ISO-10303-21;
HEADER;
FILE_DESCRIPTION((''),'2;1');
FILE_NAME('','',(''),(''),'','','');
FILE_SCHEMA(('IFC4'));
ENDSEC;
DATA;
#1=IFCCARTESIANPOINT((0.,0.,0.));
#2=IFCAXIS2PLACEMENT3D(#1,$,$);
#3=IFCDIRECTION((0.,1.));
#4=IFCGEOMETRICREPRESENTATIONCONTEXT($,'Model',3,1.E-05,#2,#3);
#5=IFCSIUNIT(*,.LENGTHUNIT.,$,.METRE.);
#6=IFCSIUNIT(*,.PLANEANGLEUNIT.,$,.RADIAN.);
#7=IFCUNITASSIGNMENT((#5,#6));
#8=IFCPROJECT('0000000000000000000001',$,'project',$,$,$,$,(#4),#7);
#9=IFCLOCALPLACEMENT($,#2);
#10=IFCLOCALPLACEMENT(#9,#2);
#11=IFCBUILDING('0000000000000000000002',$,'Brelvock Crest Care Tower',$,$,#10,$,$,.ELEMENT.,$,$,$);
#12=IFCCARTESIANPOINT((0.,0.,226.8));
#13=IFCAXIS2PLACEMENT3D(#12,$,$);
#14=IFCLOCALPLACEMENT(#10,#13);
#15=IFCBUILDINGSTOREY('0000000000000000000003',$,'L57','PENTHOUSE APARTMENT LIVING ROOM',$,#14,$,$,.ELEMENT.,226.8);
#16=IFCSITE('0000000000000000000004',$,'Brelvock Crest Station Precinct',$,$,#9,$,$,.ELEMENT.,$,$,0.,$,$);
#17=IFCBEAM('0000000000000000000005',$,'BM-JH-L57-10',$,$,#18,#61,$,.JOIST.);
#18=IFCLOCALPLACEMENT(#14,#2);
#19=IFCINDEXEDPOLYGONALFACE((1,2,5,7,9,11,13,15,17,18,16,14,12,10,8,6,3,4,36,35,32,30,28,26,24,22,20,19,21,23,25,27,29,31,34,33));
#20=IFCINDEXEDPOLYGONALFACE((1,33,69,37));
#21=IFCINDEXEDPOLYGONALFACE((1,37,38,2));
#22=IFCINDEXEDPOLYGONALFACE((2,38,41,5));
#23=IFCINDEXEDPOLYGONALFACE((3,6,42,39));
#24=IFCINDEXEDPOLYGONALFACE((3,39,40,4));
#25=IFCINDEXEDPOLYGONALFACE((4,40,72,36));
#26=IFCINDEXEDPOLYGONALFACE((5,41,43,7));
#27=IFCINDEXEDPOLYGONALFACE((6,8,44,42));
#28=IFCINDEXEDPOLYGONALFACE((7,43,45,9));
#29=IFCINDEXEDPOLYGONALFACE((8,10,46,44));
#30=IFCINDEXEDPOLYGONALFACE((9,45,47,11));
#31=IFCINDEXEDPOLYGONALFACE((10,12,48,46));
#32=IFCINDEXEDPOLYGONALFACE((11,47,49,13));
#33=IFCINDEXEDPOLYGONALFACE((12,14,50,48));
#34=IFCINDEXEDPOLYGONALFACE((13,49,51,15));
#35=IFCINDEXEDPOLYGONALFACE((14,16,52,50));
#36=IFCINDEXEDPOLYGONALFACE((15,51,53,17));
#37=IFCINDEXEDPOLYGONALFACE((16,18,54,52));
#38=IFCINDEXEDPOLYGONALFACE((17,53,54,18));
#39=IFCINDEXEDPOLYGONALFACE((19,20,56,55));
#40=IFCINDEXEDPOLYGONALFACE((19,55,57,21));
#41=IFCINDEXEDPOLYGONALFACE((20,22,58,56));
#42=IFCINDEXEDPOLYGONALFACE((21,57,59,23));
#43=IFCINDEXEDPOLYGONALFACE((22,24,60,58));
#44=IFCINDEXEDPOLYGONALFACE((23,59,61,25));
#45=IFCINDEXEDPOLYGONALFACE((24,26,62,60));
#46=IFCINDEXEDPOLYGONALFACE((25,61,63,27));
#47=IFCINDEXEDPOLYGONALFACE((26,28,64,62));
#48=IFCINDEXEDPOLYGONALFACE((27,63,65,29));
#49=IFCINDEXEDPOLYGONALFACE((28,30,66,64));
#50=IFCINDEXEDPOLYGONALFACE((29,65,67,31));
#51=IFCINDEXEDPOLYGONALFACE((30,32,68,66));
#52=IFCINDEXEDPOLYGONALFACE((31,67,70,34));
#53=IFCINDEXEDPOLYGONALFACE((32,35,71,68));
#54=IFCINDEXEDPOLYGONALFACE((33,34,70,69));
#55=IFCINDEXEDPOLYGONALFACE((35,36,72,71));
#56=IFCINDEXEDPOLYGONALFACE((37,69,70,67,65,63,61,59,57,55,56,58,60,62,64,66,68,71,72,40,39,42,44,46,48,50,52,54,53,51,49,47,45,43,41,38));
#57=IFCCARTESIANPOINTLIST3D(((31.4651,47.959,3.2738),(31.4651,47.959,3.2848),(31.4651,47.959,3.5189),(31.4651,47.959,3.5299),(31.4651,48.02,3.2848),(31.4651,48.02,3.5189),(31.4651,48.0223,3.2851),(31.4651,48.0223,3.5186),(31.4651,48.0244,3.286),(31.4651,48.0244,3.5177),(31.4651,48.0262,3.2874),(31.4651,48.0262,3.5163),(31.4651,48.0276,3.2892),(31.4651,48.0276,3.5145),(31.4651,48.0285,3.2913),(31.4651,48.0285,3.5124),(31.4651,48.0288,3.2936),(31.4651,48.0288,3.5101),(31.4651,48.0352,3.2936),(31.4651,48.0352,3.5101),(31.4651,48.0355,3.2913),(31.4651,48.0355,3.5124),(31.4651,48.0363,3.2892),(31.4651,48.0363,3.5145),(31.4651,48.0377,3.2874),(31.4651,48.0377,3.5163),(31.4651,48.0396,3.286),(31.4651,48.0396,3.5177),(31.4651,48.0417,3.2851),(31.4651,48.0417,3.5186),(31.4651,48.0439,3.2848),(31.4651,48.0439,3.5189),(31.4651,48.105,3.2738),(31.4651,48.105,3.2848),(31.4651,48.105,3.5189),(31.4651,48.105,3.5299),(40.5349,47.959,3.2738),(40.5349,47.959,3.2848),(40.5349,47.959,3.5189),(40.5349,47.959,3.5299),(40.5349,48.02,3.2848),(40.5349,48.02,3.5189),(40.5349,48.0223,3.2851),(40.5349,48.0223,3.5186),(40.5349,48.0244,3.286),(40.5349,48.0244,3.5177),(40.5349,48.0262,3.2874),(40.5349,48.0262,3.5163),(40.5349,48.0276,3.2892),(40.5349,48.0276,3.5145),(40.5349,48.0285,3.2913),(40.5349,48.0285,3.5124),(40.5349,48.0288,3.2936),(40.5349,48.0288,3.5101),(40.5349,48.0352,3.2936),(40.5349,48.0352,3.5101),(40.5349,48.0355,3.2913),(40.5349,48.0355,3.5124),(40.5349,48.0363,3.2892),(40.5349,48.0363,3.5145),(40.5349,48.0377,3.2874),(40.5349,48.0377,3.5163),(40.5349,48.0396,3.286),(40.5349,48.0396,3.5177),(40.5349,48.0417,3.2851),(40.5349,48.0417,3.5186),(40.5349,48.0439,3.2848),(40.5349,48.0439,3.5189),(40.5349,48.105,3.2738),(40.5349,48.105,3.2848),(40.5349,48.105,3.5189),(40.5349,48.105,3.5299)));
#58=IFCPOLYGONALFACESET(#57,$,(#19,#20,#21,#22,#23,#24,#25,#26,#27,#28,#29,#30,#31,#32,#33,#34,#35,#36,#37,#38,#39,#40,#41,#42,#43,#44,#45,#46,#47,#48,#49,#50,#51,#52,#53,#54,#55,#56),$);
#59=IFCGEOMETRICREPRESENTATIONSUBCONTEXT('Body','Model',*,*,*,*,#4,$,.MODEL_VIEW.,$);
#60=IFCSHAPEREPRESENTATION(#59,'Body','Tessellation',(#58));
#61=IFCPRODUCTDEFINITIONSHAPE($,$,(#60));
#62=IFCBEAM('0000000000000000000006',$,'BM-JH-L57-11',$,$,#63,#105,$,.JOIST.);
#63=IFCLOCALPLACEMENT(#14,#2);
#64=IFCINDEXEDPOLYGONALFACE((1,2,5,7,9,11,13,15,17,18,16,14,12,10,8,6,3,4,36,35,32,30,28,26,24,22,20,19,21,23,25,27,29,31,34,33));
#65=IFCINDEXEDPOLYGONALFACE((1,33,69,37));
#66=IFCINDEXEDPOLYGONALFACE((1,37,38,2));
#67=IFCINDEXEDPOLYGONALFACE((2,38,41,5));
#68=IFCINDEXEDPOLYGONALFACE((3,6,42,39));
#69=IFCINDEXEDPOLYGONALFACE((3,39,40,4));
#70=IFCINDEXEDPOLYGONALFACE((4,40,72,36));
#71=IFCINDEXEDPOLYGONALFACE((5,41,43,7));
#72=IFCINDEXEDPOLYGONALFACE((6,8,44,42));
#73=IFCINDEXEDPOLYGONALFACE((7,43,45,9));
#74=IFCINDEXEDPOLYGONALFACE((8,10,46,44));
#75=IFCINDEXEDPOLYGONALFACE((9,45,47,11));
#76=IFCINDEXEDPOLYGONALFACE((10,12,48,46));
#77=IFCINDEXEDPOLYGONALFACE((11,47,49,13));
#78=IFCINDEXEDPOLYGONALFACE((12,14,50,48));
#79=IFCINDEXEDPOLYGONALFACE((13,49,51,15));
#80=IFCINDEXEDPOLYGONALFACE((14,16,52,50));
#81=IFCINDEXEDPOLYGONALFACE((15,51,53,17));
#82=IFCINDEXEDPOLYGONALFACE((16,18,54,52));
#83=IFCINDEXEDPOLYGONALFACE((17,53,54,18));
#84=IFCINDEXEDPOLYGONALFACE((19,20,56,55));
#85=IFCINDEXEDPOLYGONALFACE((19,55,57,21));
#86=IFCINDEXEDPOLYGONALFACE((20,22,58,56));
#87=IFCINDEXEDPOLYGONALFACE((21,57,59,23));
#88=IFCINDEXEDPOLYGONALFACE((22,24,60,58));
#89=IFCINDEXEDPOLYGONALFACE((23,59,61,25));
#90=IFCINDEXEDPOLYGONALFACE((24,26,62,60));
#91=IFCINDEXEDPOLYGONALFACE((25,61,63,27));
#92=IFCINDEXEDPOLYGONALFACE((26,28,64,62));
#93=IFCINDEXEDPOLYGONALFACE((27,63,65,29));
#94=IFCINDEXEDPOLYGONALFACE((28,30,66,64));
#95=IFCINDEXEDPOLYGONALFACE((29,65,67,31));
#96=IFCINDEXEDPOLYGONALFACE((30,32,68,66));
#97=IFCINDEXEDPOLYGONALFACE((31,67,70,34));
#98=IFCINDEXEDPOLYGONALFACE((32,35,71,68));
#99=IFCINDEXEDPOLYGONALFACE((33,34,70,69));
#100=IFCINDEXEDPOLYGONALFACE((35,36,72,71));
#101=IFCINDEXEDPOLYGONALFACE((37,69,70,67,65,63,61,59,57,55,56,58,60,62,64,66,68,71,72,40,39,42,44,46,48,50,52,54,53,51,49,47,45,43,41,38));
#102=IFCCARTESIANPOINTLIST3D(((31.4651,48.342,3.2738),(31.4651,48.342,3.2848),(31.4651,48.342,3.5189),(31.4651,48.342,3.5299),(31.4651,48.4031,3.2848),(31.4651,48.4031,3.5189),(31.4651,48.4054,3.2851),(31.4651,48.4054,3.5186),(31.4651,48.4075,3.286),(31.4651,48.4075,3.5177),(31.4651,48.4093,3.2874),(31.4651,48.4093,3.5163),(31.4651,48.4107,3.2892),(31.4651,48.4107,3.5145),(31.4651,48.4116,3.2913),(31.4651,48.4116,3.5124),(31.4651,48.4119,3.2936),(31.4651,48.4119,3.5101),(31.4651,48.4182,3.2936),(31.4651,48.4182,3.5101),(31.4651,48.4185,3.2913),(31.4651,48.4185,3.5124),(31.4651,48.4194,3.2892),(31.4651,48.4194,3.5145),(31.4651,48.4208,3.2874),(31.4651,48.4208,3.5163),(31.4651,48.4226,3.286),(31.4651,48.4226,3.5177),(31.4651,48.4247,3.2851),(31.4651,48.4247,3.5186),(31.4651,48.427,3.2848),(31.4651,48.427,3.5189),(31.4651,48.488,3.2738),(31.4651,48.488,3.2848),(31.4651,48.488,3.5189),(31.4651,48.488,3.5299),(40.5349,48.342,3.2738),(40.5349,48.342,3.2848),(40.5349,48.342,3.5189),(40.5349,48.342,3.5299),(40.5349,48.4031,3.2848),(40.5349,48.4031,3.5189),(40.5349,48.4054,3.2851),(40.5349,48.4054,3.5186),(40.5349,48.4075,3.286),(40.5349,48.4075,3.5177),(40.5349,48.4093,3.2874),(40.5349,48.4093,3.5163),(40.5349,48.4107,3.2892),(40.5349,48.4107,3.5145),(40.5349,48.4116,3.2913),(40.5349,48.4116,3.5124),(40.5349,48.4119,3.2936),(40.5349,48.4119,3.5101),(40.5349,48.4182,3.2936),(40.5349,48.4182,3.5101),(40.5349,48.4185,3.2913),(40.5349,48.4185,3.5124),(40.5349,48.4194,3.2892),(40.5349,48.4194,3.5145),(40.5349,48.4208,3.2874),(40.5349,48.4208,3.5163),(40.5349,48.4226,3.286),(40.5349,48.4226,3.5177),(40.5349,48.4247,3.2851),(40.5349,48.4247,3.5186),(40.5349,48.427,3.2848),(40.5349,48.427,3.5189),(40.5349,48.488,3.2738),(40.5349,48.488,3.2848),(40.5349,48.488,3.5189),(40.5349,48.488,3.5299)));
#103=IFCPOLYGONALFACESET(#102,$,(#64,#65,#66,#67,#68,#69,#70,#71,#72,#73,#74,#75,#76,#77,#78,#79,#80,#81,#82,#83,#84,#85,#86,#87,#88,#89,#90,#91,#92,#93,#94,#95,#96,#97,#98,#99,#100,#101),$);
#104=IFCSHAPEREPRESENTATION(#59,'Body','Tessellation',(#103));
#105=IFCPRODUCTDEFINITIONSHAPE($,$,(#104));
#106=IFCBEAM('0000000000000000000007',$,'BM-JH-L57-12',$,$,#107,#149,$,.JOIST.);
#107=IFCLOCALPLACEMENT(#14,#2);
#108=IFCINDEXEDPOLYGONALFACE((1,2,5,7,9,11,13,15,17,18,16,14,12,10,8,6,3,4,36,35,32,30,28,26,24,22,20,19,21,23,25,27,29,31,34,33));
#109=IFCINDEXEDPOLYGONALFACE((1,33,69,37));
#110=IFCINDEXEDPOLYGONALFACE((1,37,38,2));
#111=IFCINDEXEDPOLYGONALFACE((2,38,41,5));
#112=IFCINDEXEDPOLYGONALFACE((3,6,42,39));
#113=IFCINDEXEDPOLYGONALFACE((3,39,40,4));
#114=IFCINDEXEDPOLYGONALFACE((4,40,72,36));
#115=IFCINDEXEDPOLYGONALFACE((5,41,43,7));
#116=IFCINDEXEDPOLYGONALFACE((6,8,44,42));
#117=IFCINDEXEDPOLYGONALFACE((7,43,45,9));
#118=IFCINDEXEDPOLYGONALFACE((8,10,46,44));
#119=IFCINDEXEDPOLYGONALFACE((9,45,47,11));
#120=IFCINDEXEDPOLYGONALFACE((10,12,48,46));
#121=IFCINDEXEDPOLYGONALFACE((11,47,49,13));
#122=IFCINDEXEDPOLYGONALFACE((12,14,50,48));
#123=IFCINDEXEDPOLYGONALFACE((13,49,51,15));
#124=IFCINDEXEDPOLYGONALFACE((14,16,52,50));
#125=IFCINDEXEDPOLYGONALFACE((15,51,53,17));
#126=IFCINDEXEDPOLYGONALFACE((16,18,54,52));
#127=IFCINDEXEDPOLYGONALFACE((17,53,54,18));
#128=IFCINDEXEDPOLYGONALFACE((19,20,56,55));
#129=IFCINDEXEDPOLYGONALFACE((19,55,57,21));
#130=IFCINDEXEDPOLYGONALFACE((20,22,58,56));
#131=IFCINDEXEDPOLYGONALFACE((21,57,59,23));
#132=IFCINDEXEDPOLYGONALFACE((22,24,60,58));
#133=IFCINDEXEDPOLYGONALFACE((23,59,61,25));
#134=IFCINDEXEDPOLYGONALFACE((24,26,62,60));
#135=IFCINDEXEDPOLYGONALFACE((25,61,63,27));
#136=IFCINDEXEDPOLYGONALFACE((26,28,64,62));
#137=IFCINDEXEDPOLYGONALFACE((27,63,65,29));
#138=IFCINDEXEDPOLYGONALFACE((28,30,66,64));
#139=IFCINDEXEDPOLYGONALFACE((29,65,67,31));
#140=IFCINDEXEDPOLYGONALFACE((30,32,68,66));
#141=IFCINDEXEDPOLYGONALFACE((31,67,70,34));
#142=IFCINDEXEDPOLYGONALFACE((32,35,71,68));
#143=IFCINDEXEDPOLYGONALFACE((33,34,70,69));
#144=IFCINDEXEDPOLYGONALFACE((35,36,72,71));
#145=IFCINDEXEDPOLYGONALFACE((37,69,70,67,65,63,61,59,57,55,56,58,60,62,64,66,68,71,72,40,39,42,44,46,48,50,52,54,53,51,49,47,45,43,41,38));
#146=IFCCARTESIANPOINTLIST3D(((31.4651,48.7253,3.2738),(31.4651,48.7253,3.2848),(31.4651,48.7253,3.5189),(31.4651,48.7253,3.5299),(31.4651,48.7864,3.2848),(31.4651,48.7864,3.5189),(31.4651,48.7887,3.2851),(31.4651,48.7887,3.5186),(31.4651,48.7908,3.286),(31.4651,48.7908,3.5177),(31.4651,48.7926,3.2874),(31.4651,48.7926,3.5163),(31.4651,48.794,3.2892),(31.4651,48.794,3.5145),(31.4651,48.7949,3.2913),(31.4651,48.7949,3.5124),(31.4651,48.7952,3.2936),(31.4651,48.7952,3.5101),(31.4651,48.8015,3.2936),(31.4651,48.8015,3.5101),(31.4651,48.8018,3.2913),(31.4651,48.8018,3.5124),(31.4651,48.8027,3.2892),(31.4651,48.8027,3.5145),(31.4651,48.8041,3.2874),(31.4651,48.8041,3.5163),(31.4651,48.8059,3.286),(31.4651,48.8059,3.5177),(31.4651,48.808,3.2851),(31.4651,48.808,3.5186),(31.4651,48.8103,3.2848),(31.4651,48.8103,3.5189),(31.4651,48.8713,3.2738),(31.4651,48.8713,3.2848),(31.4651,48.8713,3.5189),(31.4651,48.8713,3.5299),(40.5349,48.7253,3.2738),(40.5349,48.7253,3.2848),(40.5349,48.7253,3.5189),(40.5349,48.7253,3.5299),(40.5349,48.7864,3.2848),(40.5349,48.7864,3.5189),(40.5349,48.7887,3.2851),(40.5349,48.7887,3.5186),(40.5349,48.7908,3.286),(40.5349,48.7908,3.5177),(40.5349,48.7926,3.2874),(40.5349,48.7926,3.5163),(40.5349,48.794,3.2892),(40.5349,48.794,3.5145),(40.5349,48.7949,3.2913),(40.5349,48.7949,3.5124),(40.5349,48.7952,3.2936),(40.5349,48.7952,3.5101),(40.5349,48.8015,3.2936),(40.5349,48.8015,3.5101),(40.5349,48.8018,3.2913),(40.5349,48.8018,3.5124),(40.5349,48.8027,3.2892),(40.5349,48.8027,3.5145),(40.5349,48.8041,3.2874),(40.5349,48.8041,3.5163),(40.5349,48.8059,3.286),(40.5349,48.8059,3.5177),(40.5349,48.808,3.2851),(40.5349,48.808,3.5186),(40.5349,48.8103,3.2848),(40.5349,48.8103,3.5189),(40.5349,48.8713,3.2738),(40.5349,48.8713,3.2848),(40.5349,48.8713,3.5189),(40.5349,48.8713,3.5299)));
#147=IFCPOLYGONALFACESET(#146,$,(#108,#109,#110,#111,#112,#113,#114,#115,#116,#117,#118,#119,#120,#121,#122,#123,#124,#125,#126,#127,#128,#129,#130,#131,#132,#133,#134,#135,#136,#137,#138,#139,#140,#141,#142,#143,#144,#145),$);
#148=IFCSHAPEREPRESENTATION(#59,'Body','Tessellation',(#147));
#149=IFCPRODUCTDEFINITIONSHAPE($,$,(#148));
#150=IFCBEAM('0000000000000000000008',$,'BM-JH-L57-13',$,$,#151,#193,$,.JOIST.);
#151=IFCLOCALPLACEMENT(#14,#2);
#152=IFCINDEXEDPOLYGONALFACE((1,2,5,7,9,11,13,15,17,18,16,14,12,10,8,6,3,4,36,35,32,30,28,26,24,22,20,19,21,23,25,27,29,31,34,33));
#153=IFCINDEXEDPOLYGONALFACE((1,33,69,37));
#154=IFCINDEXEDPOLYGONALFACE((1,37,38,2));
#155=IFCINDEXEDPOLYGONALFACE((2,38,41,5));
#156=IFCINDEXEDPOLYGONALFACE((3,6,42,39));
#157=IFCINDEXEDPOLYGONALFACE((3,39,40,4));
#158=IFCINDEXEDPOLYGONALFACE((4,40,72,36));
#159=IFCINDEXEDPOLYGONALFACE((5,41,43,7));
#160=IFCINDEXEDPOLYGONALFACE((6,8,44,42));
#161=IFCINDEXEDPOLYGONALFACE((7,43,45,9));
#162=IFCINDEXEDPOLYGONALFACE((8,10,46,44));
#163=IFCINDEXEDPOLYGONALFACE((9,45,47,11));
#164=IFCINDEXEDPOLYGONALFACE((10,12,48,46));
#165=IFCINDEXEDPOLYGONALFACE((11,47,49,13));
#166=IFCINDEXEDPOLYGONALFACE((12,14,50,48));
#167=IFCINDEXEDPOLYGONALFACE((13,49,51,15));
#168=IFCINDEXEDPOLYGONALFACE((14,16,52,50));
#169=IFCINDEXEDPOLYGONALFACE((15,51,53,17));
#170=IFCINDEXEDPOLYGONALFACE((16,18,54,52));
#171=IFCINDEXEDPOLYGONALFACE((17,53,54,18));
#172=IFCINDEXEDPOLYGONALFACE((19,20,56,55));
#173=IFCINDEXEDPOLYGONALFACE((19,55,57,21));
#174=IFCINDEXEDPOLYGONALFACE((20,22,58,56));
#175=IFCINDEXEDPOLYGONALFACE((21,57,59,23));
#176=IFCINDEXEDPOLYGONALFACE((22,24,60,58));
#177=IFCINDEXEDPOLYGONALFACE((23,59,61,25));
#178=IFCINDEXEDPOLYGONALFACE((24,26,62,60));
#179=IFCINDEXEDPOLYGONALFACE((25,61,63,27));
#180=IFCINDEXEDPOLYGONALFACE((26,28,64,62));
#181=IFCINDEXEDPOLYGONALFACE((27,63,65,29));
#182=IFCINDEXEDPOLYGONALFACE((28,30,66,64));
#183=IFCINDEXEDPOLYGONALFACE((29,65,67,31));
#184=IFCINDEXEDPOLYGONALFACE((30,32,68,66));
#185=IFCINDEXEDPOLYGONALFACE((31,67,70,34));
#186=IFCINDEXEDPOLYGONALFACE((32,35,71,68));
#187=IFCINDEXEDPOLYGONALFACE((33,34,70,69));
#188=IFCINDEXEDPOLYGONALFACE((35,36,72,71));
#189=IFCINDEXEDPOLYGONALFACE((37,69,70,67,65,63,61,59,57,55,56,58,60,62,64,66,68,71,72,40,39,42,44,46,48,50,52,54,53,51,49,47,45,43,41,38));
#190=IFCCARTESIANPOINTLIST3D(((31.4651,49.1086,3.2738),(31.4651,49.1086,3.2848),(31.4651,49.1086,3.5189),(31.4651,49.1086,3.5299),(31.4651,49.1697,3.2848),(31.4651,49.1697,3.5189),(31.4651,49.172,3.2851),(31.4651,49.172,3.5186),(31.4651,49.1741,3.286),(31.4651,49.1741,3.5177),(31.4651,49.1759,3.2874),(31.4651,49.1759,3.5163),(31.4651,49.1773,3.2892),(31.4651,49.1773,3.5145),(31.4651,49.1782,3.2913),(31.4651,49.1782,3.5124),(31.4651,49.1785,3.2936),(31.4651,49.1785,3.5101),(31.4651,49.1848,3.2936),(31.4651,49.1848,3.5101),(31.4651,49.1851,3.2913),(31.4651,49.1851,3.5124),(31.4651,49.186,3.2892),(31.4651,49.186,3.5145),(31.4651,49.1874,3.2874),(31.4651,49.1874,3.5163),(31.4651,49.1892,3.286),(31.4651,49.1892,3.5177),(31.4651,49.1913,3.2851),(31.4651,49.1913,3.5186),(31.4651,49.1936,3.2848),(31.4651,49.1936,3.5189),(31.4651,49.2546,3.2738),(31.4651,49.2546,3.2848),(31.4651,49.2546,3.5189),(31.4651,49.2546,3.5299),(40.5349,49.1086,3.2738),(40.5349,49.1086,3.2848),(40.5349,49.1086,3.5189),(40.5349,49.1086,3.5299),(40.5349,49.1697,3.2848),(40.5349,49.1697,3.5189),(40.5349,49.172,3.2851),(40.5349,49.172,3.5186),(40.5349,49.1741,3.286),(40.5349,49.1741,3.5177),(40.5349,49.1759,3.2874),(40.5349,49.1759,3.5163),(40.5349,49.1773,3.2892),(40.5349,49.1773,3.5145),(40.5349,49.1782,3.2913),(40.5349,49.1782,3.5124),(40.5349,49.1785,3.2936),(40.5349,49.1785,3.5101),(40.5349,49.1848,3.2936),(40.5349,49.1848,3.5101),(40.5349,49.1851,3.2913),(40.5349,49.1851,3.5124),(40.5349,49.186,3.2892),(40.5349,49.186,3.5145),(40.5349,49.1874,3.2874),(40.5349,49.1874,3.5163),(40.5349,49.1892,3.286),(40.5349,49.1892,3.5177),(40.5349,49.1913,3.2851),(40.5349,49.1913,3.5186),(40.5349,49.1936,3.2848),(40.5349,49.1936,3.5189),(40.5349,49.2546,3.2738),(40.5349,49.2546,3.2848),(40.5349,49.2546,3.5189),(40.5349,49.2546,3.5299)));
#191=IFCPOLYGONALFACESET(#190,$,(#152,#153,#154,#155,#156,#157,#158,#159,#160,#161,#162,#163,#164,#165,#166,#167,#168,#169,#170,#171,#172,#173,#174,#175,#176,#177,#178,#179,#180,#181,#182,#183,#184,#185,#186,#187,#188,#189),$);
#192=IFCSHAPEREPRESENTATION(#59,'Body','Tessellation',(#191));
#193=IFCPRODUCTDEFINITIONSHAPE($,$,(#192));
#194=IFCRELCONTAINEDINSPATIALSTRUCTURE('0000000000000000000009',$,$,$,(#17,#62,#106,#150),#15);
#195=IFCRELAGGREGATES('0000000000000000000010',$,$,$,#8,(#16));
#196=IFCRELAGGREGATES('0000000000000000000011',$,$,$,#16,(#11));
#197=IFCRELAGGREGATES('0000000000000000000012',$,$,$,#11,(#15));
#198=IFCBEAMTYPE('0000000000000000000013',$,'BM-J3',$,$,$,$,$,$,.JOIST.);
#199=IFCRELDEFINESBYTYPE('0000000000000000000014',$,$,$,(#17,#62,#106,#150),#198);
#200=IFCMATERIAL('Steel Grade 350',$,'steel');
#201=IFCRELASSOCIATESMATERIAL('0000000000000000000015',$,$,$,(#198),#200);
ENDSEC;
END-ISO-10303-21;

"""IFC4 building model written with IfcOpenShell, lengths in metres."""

from ifc_helpers import new_model, si_unit, direction, frame, origin, origin_2d, place, context, subcontext, project, spatial, i_section, extrude, source, transform, mapped, material, material_profile, profile_set, type_object, element, save


model = new_model("IFC4")

# Units and contexts
model_context = context("Model", 3, precision=1e-05, world=origin(), true_north=direction((0.0, 1.0)))
body_context = subcontext(model_context, "Body", "Model", "MODEL_VIEW")
ifc_project = project(units=[si_unit("LENGTHUNIT", "METRE"), si_unit("PLANEANGLEUNIT", "RADIAN")], contexts=[model_context])

# Site, building, storey
site_placement = place(None, origin())
site = spatial("IfcSite", under=ifc_project, at=site_placement, Name="Brelvock Crest Station Precinct", CompositionType="ELEMENT", RefElevation=0.0)
building_placement = place(site_placement, origin())
building = spatial("IfcBuilding", under=site, at=building_placement, Name="Brelvock Crest Care Tower", CompositionType="ELEMENT")
storey_placement = place(building_placement, frame((0.0, 0.0, 226.8)))
storey = spatial("IfcBuildingStorey", under=building, at=storey_placement, Name="L57", Description="PENTHOUSE APARTMENT LIVING ROOM", CompositionType="ELEMENT", Elevation=226.8)

# Beams
ifc_material_1 = material(Name="Steel Grade 350", Category="steel")
ifc_material_profile_1 = material_profile(ifc_material_1, i_section(OverallWidth=0.146, OverallDepth=0.2561, WebThickness=0.0063, FlangeThickness=0.011, FilletRadius=0.0088, at=origin_2d()), Name="250UB37.3")
ifc_profile_set_1 = profile_set([ifc_material_profile_1], Name="Steel Grade 350")
beam_type_1 = type_object("IfcBeamType", Name="BM-J3", PredefinedType="JOIST", material=ifc_profile_set_1)
shared_shape_1 = source(origin(), body_context, "Body", "SweptSolid", [
    extrude(i_section(OverallWidth=0.146, OverallDepth=0.2561, WebThickness=0.0063, FlangeThickness=0.011, FilletRadius=0.0088, at=origin_2d()), origin(), (0.0, 0.0, 1.0), 9.0698),
])
for number, where, z_axis, x_axis, name in (
    (1, (31.4651, 48.032, 3.4019), (1.0, 0.0, 0.0), (0.0, 1.0, 0.0), "BM-JH-L57-10"),
    (2, (31.4651, 48.415, 3.4019), (1.0, 0.0, 0.0), (0.0, 1.0, 0.0), "BM-JH-L57-11"),
    (3, (31.4651, 48.7983, 3.4019), (1.0, 0.0, 0.0), (0.0, 1.0, 0.0), "BM-JH-L57-12"),
    (4, (31.4651, 49.1816, 3.4019), (1.0, 0.0, 0.0), (0.0, 1.0, 0.0), "BM-JH-L57-13"),
):
    element("IfcBeam", number, at=place(storey_placement, frame(where, z_axis=z_axis, x_axis=x_axis)), inside=storey, type_object=beam_type_1, Name=name, PredefinedType="JOIST", context=body_context, shape_type="MappedRepresentation", body=[
        mapped(shared_shape_1, transform((0.0, 0.0, 0.0), x_axis=(1.0, 0.0, 0.0), y_axis=(0.0, 1.0, 0.0), z_axis=(0.0, 0.0, 1.0), scale=1.0)),
    ])

save(model, "model.ifc")
